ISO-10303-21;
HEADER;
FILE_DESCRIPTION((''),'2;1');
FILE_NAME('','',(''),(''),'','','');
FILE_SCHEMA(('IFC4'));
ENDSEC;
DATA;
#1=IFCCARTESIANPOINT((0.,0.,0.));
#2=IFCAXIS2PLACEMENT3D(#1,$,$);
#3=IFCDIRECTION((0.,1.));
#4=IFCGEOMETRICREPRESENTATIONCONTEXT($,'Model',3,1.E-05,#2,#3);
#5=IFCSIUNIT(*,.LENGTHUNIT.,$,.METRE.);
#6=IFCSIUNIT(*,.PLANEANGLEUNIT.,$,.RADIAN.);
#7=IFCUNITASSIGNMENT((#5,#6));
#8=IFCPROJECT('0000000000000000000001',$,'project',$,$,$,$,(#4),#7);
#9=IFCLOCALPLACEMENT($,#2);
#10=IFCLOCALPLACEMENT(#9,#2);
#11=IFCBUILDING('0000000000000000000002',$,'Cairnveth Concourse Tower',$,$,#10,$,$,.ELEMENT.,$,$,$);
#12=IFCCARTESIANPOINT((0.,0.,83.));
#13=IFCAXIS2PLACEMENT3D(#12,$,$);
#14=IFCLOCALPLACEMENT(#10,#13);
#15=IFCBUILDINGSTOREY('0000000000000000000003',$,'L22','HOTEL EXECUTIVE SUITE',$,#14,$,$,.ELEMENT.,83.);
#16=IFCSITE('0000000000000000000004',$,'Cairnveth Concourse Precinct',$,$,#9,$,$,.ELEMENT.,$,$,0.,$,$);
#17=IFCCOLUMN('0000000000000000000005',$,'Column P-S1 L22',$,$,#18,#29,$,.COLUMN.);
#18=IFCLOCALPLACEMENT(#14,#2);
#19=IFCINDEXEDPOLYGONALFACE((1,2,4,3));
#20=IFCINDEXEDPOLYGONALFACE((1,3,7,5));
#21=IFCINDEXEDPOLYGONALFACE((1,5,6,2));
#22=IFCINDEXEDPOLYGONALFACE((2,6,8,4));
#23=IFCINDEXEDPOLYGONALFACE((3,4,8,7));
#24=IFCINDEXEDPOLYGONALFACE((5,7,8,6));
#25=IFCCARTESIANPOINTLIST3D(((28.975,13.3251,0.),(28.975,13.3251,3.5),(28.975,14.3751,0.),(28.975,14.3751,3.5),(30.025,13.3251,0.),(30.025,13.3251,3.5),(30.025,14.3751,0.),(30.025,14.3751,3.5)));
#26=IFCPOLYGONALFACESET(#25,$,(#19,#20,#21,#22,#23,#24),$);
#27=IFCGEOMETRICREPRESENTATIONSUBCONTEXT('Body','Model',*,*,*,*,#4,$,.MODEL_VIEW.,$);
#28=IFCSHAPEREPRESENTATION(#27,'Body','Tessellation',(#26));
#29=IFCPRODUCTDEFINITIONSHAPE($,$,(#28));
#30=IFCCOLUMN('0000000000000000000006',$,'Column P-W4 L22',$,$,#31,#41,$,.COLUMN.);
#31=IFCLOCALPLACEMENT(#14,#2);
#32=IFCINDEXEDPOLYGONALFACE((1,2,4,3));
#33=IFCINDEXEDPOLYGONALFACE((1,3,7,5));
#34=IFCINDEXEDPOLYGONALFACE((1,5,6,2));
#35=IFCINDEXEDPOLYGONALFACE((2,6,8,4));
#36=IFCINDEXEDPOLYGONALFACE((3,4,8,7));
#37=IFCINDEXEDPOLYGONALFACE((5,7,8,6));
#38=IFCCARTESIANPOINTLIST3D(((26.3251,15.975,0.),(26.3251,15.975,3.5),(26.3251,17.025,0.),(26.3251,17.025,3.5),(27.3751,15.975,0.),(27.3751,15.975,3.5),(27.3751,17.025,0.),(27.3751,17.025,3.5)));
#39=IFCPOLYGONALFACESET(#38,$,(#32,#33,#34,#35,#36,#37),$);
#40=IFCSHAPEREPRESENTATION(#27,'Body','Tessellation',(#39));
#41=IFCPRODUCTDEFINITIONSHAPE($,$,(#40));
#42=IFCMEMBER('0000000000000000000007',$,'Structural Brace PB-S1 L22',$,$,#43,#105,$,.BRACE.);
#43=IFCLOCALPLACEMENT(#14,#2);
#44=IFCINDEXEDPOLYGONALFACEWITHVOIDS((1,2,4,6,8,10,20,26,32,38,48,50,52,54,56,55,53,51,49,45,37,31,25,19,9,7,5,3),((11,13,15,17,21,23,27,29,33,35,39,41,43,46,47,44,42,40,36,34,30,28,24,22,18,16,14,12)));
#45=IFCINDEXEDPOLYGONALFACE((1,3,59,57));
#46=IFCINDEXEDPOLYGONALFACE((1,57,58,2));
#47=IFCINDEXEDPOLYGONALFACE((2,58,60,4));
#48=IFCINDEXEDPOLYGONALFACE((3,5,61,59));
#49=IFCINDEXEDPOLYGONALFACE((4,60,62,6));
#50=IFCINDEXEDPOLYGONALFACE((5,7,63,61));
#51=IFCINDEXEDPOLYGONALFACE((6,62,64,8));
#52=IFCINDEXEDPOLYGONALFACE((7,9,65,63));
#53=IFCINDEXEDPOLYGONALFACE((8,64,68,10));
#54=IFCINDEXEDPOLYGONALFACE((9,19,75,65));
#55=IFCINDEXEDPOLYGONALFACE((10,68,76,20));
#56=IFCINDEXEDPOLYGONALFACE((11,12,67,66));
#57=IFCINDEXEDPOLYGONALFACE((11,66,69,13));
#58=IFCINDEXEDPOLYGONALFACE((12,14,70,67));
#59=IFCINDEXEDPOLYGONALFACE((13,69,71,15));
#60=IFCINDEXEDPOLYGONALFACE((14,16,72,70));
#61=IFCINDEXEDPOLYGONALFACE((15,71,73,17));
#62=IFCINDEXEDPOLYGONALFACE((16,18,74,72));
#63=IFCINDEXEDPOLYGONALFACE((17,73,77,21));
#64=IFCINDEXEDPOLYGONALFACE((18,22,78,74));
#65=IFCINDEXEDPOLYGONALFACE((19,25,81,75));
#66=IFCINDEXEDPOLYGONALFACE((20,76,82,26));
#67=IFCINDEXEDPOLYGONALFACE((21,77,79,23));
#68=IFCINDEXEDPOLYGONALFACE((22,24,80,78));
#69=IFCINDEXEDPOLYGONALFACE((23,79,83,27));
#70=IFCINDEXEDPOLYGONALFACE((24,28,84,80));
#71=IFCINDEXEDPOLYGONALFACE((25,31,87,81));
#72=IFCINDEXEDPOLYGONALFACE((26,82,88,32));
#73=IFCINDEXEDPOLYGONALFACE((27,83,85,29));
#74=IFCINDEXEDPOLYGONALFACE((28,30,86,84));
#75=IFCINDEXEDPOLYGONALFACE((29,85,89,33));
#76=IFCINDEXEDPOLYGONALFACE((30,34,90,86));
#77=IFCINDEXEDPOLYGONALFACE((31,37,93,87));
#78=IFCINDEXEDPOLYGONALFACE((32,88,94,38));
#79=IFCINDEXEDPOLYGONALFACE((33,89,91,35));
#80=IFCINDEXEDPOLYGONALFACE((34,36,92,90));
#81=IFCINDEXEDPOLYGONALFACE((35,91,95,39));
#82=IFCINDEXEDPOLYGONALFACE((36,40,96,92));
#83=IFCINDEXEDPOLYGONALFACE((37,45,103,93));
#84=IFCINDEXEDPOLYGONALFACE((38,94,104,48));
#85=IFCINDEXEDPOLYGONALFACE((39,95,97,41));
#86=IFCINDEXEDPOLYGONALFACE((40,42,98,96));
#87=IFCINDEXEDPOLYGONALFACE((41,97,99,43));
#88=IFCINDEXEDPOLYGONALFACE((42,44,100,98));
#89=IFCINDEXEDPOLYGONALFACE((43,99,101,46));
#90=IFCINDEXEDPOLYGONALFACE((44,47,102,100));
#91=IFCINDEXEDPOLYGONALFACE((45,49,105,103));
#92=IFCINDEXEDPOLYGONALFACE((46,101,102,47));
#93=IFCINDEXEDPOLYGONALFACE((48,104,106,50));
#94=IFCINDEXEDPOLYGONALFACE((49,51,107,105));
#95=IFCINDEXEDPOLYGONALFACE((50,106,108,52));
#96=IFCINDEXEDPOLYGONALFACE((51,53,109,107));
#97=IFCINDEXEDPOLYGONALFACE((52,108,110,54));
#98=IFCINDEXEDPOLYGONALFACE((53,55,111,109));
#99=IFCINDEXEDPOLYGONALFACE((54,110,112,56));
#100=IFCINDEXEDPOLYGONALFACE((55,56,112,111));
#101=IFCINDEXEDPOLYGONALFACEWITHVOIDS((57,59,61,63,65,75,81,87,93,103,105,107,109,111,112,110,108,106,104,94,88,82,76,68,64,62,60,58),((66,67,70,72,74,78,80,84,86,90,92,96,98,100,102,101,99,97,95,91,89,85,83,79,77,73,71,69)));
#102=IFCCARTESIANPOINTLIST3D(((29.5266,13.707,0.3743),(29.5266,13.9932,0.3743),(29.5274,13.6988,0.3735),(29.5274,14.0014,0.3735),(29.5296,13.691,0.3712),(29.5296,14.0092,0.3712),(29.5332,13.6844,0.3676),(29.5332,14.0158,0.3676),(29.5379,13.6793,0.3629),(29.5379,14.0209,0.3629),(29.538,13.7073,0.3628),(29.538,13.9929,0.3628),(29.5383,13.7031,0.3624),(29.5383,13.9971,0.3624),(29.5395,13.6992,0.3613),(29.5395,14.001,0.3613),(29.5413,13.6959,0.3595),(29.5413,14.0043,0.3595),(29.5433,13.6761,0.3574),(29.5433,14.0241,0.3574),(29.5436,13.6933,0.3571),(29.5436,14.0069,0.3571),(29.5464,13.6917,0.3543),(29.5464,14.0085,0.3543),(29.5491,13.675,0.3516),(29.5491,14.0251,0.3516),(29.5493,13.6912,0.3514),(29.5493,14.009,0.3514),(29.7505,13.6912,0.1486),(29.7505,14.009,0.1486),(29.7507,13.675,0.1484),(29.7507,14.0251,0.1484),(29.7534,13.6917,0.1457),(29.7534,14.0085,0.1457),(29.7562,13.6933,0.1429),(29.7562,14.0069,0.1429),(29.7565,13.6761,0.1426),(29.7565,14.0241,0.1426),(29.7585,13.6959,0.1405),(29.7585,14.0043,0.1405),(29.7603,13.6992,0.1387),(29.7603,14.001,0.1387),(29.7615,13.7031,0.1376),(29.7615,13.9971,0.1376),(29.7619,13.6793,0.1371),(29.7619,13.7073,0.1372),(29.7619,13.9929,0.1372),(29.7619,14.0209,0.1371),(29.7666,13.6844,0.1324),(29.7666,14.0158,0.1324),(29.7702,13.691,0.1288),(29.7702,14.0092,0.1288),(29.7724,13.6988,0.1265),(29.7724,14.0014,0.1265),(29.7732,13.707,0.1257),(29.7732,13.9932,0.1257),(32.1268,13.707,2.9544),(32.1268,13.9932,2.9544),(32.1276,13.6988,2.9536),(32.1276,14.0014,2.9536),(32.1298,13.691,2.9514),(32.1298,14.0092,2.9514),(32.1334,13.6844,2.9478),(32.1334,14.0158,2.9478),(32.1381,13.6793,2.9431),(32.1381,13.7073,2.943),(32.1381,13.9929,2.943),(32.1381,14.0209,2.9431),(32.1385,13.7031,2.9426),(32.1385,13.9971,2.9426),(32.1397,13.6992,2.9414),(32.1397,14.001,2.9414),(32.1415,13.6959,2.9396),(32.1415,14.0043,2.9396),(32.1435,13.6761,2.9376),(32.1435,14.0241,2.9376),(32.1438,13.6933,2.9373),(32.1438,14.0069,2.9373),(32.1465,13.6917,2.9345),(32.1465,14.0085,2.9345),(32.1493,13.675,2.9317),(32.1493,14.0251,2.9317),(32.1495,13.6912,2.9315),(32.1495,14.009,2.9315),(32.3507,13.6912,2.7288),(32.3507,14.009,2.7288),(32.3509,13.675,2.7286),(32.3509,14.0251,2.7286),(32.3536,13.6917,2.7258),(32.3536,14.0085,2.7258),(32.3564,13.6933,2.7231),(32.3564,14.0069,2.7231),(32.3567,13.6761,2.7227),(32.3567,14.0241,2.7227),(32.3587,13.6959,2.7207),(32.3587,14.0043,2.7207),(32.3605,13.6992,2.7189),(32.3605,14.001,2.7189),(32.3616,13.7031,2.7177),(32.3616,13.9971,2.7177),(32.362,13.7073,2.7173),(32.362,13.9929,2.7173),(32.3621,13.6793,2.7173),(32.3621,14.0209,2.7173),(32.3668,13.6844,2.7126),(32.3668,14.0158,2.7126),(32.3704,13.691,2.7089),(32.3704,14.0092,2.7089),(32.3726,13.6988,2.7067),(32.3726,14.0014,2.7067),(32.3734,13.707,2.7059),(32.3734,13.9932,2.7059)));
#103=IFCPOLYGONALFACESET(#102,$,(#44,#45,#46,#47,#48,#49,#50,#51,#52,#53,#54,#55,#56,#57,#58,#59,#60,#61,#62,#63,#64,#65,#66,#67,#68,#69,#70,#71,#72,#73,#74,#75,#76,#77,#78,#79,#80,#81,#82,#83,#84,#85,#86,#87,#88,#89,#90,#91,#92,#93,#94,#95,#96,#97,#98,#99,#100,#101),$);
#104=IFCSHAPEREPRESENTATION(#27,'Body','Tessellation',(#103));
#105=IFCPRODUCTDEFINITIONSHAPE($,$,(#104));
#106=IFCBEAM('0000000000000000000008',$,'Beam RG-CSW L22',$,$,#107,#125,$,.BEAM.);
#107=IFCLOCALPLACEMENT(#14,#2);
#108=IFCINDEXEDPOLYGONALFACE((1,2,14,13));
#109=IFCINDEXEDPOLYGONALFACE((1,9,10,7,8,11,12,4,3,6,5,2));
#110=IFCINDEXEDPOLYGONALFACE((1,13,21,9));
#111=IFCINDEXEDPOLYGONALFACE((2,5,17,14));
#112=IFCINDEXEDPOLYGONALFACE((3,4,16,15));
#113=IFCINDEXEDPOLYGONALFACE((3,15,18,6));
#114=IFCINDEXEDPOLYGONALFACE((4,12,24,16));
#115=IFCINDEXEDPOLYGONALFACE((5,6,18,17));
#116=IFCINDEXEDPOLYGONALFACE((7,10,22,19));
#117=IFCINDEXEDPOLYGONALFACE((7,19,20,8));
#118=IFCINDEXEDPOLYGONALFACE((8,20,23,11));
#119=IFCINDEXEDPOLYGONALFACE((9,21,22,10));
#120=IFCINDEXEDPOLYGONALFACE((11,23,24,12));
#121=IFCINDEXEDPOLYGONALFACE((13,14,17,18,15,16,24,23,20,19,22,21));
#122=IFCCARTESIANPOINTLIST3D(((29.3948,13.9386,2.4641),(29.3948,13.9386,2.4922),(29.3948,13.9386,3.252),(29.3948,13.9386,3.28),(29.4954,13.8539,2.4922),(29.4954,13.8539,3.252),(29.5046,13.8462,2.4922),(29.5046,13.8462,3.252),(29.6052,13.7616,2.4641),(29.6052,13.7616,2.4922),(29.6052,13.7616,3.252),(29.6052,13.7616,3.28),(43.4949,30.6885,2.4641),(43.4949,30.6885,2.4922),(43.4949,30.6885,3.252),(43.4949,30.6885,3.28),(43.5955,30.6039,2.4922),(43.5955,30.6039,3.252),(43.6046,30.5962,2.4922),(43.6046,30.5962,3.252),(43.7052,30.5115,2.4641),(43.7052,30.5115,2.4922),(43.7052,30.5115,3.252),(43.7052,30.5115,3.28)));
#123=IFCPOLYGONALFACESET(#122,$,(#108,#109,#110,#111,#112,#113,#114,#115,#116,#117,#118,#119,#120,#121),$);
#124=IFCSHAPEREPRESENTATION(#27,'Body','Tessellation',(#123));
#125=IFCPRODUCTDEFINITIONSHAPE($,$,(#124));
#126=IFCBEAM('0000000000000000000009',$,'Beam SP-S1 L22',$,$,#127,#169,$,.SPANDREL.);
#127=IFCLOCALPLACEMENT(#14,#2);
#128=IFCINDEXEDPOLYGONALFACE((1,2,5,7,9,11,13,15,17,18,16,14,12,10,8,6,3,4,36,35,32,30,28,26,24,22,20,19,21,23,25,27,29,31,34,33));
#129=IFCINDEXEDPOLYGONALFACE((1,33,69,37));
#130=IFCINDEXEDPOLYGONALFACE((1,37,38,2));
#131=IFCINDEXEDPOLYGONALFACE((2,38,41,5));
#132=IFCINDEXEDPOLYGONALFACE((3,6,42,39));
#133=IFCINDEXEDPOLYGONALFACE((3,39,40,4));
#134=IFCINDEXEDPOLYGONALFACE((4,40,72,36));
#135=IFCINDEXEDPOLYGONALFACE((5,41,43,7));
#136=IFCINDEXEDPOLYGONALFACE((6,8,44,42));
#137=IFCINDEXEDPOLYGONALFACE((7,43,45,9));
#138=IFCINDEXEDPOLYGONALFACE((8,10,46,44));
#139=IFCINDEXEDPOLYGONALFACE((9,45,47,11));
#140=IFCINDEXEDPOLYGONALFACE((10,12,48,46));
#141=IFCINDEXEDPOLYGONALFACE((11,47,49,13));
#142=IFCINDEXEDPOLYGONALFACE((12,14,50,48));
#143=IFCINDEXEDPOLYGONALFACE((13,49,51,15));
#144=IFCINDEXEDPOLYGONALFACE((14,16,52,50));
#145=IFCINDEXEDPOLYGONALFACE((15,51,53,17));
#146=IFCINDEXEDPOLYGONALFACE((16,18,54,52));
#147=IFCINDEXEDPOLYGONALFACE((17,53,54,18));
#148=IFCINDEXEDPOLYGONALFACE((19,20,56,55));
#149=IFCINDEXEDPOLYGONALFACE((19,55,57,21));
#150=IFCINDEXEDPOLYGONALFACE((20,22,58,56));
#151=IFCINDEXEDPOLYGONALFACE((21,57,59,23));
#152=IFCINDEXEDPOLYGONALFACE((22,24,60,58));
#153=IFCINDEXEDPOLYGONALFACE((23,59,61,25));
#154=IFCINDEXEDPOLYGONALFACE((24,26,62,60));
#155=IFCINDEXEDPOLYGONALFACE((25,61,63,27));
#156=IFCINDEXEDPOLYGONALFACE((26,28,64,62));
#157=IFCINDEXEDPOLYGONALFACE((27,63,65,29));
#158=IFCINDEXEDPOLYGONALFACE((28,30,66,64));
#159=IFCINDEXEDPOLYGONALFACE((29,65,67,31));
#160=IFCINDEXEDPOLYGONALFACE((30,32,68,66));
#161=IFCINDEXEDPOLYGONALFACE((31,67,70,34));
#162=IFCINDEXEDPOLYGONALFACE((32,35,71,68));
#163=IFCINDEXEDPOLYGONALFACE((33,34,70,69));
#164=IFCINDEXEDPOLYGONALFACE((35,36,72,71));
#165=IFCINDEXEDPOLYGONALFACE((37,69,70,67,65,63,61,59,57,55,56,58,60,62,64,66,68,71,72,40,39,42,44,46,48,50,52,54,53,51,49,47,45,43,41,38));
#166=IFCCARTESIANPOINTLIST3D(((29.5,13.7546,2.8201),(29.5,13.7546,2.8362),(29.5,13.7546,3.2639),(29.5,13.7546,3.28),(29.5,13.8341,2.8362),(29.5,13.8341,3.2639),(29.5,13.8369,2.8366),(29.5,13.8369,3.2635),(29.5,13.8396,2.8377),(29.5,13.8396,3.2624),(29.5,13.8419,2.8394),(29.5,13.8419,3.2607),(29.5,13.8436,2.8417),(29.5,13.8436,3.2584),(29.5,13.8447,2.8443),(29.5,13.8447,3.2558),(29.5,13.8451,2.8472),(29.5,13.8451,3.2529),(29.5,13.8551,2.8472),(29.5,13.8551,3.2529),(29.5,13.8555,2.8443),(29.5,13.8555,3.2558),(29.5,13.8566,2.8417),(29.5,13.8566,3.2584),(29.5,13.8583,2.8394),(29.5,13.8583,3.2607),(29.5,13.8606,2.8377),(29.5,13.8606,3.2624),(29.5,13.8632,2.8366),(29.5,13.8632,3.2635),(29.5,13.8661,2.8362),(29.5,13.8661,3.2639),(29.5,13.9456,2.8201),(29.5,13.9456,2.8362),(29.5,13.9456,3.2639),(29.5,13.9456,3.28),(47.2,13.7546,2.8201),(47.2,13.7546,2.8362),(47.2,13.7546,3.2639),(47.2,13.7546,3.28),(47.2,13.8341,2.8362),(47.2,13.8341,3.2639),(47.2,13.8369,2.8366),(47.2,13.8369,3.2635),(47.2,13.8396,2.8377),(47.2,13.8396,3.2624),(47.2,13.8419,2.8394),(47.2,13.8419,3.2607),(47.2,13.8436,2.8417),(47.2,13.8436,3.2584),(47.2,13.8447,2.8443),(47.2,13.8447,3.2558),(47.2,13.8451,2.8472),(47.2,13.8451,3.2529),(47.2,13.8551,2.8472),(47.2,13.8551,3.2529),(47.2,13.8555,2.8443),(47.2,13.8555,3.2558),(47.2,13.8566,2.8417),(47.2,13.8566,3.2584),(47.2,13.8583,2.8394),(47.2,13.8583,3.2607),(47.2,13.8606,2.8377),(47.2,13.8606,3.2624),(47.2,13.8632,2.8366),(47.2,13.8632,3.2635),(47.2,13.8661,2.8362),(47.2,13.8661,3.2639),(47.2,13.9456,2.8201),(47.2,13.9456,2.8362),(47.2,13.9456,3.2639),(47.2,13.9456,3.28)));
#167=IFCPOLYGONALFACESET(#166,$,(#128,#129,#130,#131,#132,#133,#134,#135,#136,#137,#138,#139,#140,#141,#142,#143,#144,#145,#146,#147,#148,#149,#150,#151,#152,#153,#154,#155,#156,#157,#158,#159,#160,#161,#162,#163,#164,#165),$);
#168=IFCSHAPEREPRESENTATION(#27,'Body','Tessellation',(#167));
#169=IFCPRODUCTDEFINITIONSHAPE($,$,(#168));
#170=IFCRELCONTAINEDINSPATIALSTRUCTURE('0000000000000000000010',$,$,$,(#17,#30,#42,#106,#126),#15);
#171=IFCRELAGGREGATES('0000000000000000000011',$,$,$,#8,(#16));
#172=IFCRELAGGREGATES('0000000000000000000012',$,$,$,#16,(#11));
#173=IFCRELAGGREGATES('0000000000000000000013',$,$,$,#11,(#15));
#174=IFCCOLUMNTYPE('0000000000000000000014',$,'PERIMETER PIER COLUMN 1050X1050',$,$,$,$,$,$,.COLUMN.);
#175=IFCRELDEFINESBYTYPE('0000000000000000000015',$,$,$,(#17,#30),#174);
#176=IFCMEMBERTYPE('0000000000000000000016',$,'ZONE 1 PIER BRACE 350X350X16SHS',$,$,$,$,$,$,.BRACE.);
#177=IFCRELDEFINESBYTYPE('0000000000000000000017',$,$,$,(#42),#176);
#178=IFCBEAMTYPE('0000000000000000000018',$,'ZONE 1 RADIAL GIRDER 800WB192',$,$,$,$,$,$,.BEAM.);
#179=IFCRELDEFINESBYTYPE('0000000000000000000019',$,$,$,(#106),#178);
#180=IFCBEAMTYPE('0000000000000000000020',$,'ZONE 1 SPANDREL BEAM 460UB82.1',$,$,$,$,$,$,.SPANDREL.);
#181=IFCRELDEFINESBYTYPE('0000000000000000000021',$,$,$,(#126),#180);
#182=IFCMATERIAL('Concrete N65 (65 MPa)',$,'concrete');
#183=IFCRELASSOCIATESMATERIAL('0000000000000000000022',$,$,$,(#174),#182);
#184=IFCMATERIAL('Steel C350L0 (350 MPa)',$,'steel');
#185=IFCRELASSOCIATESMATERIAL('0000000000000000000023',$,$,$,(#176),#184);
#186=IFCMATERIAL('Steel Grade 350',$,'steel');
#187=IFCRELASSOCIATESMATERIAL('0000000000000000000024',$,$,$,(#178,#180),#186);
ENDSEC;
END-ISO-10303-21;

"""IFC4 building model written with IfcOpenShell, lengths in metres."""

from ifc_helpers import new_model, si_unit, direction, frame, origin, origin_2d, place, context, subcontext, project, spatial, rectangle, hollow_rectangle, i_section, extrude, material, material_profile, profile_set, type_object, element, save


model = new_model("IFC4")

# Units and contexts
model_context = context("Model", 3, precision=1e-05, world=origin(), true_north=direction((0.0, 1.0)))
body_context = subcontext(model_context, "Body", "Model", "MODEL_VIEW")
ifc_project = project(units=[si_unit("LENGTHUNIT", "METRE"), si_unit("PLANEANGLEUNIT", "RADIAN")], contexts=[model_context])

# Site, building, storey
site_placement = place(None, origin())
site = spatial("IfcSite", under=ifc_project, at=site_placement, Name="Cairnveth Concourse Precinct", CompositionType="ELEMENT", RefElevation=0.0)
building_placement = place(site_placement, origin())
building = spatial("IfcBuilding", under=site, at=building_placement, Name="Cairnveth Concourse Tower", CompositionType="ELEMENT")
storey_placement = place(building_placement, frame((0.0, 0.0, 83.0)))
storey = spatial("IfcBuildingStorey", under=building, at=storey_placement, Name="L22", Description="HOTEL EXECUTIVE SUITE", CompositionType="ELEMENT", Elevation=83.0)

# Columns
ifc_material_1 = material(Name="Concrete N65 (65 MPa)", Category="concrete")
ifc_material_profile_1 = material_profile(ifc_material_1, rectangle(XDim=1.05, YDim=1.05, at=origin_2d()), Name="RC-COL-1050x1050")
ifc_profile_set_1 = profile_set([ifc_material_profile_1], Name="Concrete N65 (65 MPa)")
column_type = type_object("IfcColumnType", Name="PERIMETER PIER COLUMN 1050X1050", PredefinedType="COLUMN", material=ifc_profile_set_1)
for number, where, z_axis, x_axis, name in (
    (1, (29.5, 13.8501, 0.0), (0.0, 0.0, 1.0), (1.0, 0.0, 0.0), "Column P-S1 L22"),
    (2, (26.8501, 16.5, 0.0), (0.0, 0.0, 1.0), (0.0, 1.0, 0.0), "Column P-W4 L22"),
):
    element("IfcColumn", number, at=place(storey_placement, frame(where, z_axis=z_axis, x_axis=x_axis)), inside=storey, type_object=column_type, Name=name, PredefinedType="COLUMN", context=body_context, shape_type="SweptSolid", body=[
        extrude(rectangle(XDim=1.05, YDim=1.05, at=origin_2d()), origin(), (0.0, 0.0, 1.0), 3.5),
    ])

# Member
ifc_material_2 = material(Name="Steel C350L0 (350 MPa)", Category="steel")
ifc_material_profile_2 = material_profile(ifc_material_2, hollow_rectangle(XDim=0.3501, YDim=0.3501, WallThickness=0.0161, InnerFilletRadius=0.0161, OuterFilletRadius=0.032, at=origin_2d()), Name="350x350x16.0SHS")
ifc_profile_set_2 = profile_set([ifc_material_profile_2], Name="Steel C350L0 (350 MPa)")
member_type = type_object("IfcMemberType", Name="ZONE 1 PIER BRACE 350X350X16SHS", PredefinedType="BRACE", material=ifc_profile_set_2)
member_placement = place(storey_placement, frame((29.6499, 13.8501, 0.25), z_axis=(0.709834, 0.0, 0.704369), x_axis=(0.0, 1.0, 0.0)))
element("IfcMember", 3, at=member_placement, inside=storey, type_object=member_type, Name="Structural Brace PB-S1 L22", PredefinedType="BRACE", context=body_context, shape_type="SweptSolid", body=[
    extrude(hollow_rectangle(XDim=0.3501, YDim=0.3501, WallThickness=0.0161, InnerFilletRadius=0.0161, OuterFilletRadius=0.032, at=origin_2d()), origin(), (0.0, 0.0, 1.0), 3.6631),
])

# Beams
ifc_material_3 = material(Name="Steel Grade 350", Category="steel")
ifc_material_profile_3 = material_profile(ifc_material_3, i_section(OverallWidth=0.2749, OverallDepth=0.8159, WebThickness=0.012, FlangeThickness=0.0281, at=origin_2d()), Name="800WB192")
ifc_profile_set_3 = profile_set([ifc_material_profile_3], Name="Steel Grade 350")
beam_type_1 = type_object("IfcBeamType", Name="ZONE 1 RADIAL GIRDER 800WB192", PredefinedType="BEAM", material=ifc_profile_set_3)
beam_placement = place(storey_placement, frame((29.5, 13.8501, 2.8721), z_axis=(0.643998, 0.765027, 0.0), x_axis=(-0.765027, 0.643998, 0.0)))
element("IfcBeam", 4, at=beam_placement, inside=storey, type_object=beam_type_1, Name="Beam RG-CSW L22", PredefinedType="BEAM", context=body_context, shape_type="SweptSolid", body=[
    extrude(i_section(OverallWidth=0.2749, OverallDepth=0.8159, WebThickness=0.012, FlangeThickness=0.0281, at=origin_2d()), origin(), (0.0, 0.0, 1.0), 21.8945),
])
ifc_material_profile_4 = material_profile(ifc_material_3, i_section(OverallWidth=0.1909, OverallDepth=0.46, WebThickness=0.01, FlangeThickness=0.0161, FilletRadius=0.011, at=origin_2d()), Name="460UB82.1")
ifc_profile_set_4 = profile_set([ifc_material_profile_4], Name="Steel Grade 350")
beam_type_2 = type_object("IfcBeamType", Name="ZONE 1 SPANDREL BEAM 460UB82.1", PredefinedType="SPANDREL", material=ifc_profile_set_4)
for number, where, z_axis, x_axis, name in (
    (5, (29.5, 13.8501, 3.05), (1.0, 0.0, 0.0), (0.0, 1.0, 0.0), "Beam SP-S1 L22"),
):
    element("IfcBeam", number, at=place(storey_placement, frame(where, z_axis=z_axis, x_axis=x_axis)), inside=storey, type_object=beam_type_2, Name=name, PredefinedType="SPANDREL", context=body_context, shape_type="SweptSolid", body=[
        extrude(i_section(OverallWidth=0.1909, OverallDepth=0.46, WebThickness=0.01, FlangeThickness=0.0161, FilletRadius=0.011, at=origin_2d()), origin(), (0.0, 0.0, 1.0), 17.7),
    ])

save(model, "model.ifc")
